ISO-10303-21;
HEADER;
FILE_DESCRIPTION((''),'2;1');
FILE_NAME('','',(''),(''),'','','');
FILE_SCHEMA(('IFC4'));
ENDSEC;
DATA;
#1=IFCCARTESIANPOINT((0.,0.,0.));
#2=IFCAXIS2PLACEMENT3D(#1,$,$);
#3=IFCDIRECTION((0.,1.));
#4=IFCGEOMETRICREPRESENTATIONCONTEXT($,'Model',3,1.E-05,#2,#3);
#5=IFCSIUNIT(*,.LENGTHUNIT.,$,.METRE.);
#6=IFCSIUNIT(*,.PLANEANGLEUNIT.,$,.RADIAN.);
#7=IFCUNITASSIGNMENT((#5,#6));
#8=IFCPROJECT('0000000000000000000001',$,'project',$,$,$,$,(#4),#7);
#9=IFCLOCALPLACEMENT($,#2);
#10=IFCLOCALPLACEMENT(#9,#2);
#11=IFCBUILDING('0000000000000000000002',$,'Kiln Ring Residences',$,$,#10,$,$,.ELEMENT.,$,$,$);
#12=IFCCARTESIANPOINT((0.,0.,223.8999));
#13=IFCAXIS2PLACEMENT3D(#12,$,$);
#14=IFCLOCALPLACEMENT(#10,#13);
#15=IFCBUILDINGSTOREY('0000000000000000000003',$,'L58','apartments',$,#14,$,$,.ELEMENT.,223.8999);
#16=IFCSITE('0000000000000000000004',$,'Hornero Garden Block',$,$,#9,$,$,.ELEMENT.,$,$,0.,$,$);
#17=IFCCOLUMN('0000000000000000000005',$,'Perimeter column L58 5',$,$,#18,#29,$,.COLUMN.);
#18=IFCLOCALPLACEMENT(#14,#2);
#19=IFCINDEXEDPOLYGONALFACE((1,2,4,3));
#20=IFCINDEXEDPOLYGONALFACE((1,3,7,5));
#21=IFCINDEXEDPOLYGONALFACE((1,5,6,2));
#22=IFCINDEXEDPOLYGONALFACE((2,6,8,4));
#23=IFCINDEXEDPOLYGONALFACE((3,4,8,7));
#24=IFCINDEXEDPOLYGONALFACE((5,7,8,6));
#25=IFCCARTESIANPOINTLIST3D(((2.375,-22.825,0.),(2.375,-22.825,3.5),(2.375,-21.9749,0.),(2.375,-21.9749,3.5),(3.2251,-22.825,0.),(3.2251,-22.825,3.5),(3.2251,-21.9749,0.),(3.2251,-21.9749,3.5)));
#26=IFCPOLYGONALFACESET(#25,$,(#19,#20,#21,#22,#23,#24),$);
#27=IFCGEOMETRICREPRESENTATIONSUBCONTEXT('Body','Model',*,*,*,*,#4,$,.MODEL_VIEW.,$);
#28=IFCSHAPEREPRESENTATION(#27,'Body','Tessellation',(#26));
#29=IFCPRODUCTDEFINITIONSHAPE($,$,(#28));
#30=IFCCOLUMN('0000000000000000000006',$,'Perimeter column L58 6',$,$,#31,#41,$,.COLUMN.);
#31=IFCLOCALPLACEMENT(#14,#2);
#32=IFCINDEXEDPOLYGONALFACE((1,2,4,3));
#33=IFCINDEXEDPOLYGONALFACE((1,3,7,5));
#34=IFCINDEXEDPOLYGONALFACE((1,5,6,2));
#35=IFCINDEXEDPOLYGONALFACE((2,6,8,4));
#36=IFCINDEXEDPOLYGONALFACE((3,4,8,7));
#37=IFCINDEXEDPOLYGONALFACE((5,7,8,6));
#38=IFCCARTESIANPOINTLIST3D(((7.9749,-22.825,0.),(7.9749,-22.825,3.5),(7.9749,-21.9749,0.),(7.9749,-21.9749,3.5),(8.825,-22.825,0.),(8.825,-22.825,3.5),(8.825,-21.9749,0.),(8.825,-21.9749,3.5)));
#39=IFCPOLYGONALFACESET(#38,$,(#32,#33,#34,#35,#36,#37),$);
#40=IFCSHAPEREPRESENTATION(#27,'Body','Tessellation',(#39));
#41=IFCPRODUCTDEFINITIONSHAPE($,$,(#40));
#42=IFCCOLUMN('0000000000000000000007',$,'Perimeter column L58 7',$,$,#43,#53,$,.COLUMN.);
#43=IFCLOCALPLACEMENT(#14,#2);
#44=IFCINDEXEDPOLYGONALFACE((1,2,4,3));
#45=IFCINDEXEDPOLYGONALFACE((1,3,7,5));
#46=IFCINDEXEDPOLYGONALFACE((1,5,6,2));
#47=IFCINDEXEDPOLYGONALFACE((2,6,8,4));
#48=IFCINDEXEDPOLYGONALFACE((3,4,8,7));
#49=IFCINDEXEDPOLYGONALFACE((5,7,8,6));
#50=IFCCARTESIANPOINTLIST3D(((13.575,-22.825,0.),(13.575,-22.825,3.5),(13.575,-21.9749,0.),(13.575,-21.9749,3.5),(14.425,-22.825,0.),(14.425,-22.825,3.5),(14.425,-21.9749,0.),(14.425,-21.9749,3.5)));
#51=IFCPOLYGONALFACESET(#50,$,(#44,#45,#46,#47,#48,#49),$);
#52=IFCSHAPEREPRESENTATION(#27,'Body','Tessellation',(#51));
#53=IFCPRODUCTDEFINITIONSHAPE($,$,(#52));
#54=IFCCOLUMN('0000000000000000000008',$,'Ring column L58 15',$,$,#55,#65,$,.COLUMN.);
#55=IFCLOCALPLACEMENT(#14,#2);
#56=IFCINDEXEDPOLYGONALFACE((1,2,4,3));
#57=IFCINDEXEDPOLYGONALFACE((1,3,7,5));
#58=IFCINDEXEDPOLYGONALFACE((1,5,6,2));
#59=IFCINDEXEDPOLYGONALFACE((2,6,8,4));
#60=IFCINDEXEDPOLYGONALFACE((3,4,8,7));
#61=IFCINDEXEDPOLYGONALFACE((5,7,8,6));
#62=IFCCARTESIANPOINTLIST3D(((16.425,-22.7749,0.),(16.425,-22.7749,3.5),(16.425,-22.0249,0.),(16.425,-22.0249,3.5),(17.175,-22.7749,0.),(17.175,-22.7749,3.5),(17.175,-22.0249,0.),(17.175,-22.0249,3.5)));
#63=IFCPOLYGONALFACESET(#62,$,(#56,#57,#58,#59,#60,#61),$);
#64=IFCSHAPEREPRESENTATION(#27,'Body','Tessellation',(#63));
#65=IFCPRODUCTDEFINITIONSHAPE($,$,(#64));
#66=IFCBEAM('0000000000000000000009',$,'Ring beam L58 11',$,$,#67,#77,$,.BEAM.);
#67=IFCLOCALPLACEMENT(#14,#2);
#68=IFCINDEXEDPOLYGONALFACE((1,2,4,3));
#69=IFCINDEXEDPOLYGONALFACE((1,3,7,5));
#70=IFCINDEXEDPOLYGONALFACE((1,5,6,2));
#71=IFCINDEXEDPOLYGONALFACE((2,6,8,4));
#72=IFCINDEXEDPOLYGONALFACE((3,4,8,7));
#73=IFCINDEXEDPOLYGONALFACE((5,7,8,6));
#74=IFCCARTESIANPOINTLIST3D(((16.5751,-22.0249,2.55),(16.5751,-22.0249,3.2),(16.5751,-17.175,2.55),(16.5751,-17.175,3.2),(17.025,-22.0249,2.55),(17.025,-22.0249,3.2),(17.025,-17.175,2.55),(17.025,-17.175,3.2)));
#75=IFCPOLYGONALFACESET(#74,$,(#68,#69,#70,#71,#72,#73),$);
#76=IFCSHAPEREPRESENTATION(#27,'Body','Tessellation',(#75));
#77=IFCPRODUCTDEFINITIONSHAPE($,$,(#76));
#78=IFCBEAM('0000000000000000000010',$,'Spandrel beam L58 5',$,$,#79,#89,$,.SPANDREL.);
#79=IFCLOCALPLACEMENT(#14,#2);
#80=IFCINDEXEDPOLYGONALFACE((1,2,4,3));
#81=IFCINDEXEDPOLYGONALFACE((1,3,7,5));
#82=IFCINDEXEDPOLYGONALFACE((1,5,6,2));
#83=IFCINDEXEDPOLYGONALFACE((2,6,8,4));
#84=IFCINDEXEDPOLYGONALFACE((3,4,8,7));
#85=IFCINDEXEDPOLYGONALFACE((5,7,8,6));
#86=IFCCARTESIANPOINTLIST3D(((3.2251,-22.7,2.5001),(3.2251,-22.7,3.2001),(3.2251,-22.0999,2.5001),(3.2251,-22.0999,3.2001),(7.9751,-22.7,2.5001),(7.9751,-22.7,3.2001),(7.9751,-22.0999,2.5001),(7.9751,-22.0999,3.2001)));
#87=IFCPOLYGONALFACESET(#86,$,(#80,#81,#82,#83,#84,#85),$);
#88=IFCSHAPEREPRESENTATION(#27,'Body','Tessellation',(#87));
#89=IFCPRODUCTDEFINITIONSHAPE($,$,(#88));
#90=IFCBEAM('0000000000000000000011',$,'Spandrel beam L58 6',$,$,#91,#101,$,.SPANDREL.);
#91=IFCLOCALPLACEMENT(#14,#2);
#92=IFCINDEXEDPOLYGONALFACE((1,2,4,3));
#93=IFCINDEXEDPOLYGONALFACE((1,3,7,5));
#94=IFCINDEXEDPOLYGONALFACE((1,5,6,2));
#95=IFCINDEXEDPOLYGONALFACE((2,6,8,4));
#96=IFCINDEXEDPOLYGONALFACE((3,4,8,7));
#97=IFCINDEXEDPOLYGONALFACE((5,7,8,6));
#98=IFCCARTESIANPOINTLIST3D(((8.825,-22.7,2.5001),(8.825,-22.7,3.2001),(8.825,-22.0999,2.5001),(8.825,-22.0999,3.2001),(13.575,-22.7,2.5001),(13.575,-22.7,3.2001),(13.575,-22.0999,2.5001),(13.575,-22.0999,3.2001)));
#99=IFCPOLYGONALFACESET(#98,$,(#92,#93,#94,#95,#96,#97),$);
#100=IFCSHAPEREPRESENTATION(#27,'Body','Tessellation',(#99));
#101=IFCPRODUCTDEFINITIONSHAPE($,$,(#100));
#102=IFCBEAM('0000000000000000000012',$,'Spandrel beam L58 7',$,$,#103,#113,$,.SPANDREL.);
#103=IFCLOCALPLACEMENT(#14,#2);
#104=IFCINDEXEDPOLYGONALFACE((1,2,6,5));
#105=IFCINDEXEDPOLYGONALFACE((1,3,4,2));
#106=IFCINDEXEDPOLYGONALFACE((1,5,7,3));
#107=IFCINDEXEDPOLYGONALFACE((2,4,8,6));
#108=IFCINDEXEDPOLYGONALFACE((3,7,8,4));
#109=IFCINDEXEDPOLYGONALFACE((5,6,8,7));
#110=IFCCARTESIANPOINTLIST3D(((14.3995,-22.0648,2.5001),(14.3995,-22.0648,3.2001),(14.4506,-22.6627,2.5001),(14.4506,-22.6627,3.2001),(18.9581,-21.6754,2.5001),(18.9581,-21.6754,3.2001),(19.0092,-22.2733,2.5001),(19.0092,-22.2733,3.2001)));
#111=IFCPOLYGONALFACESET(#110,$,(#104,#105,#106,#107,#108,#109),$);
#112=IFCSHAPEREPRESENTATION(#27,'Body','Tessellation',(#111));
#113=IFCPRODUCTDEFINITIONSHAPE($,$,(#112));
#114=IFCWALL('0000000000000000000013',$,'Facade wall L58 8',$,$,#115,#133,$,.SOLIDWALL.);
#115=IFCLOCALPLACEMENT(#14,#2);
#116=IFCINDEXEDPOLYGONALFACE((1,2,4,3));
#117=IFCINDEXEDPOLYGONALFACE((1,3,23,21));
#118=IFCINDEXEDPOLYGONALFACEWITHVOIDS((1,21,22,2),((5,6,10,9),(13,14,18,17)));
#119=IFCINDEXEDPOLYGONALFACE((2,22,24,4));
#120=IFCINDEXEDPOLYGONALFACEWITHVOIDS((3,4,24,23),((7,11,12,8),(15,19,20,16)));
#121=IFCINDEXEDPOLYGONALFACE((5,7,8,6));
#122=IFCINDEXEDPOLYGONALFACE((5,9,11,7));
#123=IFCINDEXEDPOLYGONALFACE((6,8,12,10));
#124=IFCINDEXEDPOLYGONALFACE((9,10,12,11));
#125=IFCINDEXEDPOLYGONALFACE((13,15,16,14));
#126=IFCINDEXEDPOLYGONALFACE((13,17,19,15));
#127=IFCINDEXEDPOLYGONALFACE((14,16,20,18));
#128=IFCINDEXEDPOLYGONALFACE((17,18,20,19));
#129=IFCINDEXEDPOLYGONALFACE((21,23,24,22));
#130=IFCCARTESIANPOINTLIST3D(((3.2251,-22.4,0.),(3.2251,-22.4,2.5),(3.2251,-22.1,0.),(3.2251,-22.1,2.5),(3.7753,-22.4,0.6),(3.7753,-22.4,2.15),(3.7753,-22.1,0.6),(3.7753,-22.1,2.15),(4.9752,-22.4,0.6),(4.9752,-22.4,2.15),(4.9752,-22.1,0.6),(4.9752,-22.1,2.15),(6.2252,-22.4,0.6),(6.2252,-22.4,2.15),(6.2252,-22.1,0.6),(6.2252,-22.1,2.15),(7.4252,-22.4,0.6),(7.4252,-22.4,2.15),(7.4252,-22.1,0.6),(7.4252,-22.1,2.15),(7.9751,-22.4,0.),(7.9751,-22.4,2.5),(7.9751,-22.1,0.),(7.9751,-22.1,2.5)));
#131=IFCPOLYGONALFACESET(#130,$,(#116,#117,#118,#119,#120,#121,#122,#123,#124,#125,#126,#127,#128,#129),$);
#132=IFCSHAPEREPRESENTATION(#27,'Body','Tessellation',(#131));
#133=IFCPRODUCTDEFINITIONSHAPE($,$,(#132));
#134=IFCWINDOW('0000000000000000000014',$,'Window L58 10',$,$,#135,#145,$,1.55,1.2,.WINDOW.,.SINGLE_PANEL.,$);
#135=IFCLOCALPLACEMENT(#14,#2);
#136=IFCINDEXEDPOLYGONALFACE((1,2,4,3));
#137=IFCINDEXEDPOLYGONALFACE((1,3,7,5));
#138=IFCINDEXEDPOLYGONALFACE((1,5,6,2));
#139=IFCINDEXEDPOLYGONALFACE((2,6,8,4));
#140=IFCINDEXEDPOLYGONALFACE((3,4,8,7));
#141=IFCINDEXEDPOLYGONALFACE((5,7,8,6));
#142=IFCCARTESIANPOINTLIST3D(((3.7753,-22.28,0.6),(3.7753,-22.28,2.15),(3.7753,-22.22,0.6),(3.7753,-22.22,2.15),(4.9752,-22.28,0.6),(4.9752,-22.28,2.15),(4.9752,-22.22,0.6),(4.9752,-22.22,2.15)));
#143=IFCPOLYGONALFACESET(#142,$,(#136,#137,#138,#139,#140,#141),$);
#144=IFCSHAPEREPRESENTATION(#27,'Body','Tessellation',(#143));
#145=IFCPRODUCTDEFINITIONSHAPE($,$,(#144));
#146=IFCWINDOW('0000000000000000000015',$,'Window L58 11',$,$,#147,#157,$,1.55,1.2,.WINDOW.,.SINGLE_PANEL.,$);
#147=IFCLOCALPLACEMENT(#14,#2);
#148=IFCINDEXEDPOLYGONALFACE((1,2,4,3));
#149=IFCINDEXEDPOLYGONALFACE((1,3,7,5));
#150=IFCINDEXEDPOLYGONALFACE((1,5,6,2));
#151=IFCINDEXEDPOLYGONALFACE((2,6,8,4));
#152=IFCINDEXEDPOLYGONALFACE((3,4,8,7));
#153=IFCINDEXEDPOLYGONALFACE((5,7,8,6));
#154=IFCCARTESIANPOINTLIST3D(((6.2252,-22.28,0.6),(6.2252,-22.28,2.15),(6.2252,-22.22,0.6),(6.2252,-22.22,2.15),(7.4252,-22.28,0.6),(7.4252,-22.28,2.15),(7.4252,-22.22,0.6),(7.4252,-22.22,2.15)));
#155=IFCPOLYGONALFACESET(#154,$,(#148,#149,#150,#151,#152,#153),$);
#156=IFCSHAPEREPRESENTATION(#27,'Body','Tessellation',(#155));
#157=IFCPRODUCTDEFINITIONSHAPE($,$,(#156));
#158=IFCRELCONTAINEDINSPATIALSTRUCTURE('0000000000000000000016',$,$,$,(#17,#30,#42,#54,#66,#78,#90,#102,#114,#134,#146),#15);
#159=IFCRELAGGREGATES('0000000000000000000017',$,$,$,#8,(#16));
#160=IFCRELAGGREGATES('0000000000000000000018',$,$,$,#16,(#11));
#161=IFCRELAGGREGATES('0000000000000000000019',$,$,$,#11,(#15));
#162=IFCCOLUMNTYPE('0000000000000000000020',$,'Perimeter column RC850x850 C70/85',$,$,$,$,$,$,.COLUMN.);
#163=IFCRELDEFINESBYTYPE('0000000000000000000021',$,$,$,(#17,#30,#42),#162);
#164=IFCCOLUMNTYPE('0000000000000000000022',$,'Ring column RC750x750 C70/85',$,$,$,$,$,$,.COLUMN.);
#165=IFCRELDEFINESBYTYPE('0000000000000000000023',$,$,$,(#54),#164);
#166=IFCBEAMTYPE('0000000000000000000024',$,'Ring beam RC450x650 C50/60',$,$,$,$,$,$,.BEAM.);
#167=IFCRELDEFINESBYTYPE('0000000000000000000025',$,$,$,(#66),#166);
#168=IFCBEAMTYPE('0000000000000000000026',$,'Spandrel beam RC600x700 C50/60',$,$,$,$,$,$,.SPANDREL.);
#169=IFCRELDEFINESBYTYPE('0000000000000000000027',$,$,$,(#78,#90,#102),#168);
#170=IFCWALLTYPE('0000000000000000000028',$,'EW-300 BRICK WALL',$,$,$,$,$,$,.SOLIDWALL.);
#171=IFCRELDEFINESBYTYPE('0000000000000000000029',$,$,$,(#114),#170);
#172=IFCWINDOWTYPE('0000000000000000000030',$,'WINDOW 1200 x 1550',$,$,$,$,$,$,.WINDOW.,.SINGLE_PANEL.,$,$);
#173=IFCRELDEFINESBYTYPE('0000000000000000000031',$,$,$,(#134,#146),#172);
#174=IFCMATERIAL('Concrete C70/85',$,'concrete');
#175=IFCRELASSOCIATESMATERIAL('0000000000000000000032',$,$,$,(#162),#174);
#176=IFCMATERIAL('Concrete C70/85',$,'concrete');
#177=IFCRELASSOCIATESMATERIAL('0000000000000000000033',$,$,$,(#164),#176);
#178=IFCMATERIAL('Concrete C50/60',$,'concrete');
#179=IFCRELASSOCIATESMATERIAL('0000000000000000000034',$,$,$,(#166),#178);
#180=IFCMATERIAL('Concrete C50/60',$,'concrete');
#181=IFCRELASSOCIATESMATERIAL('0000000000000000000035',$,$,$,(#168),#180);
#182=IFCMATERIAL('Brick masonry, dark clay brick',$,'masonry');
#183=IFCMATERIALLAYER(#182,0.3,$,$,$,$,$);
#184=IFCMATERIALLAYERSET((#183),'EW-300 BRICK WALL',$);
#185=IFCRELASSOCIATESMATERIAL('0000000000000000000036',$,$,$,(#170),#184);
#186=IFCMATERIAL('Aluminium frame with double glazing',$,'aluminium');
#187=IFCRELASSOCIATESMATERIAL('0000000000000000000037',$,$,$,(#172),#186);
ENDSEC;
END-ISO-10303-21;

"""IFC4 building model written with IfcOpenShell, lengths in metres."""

from ifc_helpers import new_model, si_unit, direction, frame, frame_2d, origin, origin_2d, place, context, subcontext, project, spatial, rectangle, extrude, material, layer, layer_set, material_profile, profile_set, type_object, element, fill, save


model = new_model("IFC4")

# Units and contexts
model_context = context("Model", 3, precision=1e-05, world=origin(), true_north=direction((0.0, 1.0)))
body_context = subcontext(model_context, "Body", "Model", "MODEL_VIEW")
ifc_project = project(units=[si_unit("LENGTHUNIT", "METRE"), si_unit("PLANEANGLEUNIT", "RADIAN")], contexts=[model_context])

# Site, building, storey
site_placement = place(None, origin())
site = spatial("IfcSite", under=ifc_project, at=site_placement, Name="Hornero Garden Block", CompositionType="ELEMENT", RefElevation=0.0)
building_placement = place(site_placement, origin())
building = spatial("IfcBuilding", under=site, at=building_placement, Name="Kiln Ring Residences", CompositionType="ELEMENT")
storey_placement = place(building_placement, frame((0.0, 0.0, 223.8999)))
storey = spatial("IfcBuildingStorey", under=building, at=storey_placement, Name="L58", Description="apartments", CompositionType="ELEMENT", Elevation=223.8999)

# Columns
ifc_material_1 = material(Name="Concrete C70/85", Category="concrete")
ifc_material_profile_1 = material_profile(ifc_material_1, rectangle(XDim=0.8501, YDim=0.8501, at=origin_2d()), Name="RC850x850")
ifc_profile_set_1 = profile_set([ifc_material_profile_1], Name="Concrete C70/85")
column_type_1 = type_object("IfcColumnType", Name="Perimeter column RC850x850 C70/85", PredefinedType="COLUMN", material=ifc_profile_set_1)
for number, where, z_axis, x_axis, name in (
    (1, (2.8, -22.3999, 0.0), (0.0, 0.0, 1.0), (1.0, 0.0, 0.0), "Perimeter column L58 5"),
    (2, (8.3999, -22.3999, 0.0), (0.0, 0.0, 1.0), (1.0, 0.0, 0.0), "Perimeter column L58 6"),
    (3, (14.0, -22.3999, 0.0), (0.0, 0.0, 1.0), (1.0, 0.0, 0.0), "Perimeter column L58 7"),
):
    element("IfcColumn", number, at=place(storey_placement, frame(where, z_axis=z_axis, x_axis=x_axis)), inside=storey, type_object=column_type_1, Name=name, PredefinedType="COLUMN", context=body_context, shape_type="SweptSolid", body=[
        extrude(rectangle(XDim=0.8501, YDim=0.8501, at=origin_2d()), origin(), (0.0, 0.0, 1.0), 3.5),
    ])
ifc_material_2 = material(Name="Concrete C70/85", Category="concrete")
ifc_material_profile_2 = material_profile(ifc_material_2, rectangle(XDim=0.75, YDim=0.75, at=origin_2d()), Name="RC750x750")
ifc_profile_set_2 = profile_set([ifc_material_profile_2], Name="Concrete C70/85")
column_type_2 = type_object("IfcColumnType", Name="Ring column RC750x750 C70/85", PredefinedType="COLUMN", material=ifc_profile_set_2)
column_placement = place(storey_placement, frame((16.8, -22.3999, 0.0), z_axis=(0.0, 0.0, 1.0), x_axis=(1.0, 0.0, 0.0)))
element("IfcColumn", 4, at=column_placement, inside=storey, type_object=column_type_2, Name="Ring column L58 15", PredefinedType="COLUMN", context=body_context, shape_type="SweptSolid", body=[
    extrude(rectangle(XDim=0.75, YDim=0.75, at=origin_2d()), origin(), (0.0, 0.0, 1.0), 3.5),
])

# Beams
ifc_material_3 = material(Name="Concrete C50/60", Category="concrete")
ifc_material_profile_3 = material_profile(ifc_material_3, rectangle(XDim=0.45, YDim=0.6499, at=origin_2d()), Name="RC450x650")
ifc_profile_set_3 = profile_set([ifc_material_profile_3], Name="Concrete C50/60")
beam_type_1 = type_object("IfcBeamType", Name="Ring beam RC450x650 C50/60", PredefinedType="BEAM", material=ifc_profile_set_3)
beam_1_placement = place(storey_placement, frame((16.8, -17.175, 2.875), z_axis=(0.0, -1.0, 0.0), x_axis=(1.0, 0.0, 0.0)))
element("IfcBeam", 5, at=beam_1_placement, inside=storey, type_object=beam_type_1, Name="Ring beam L58 11", PredefinedType="BEAM", context=body_context, shape_type="SweptSolid", body=[
    extrude(rectangle(XDim=0.45, YDim=0.6499, at=origin_2d()), origin(), (0.0, 0.0, 1.0), 4.8499),
])
ifc_material_4 = material(Name="Concrete C50/60", Category="concrete")
ifc_material_profile_4 = material_profile(ifc_material_4, rectangle(XDim=0.6001, YDim=0.7, at=origin_2d()), Name="RC600x700")
ifc_profile_set_4 = profile_set([ifc_material_profile_4], Name="Concrete C50/60")
beam_type_2 = type_object("IfcBeamType", Name="Spandrel beam RC600x700 C50/60", PredefinedType="SPANDREL", material=ifc_profile_set_4)
for number, where, z_axis, x_axis, name in (
    (6, (3.2251, -22.3999, 2.8501), (1.0, 0.0, 0.0), (0.0, 1.0, 0.0), "Spandrel beam L58 5"),
    (7, (8.825, -22.3999, 2.8501), (1.0, 0.0, 0.0), (0.0, 1.0, 0.0), "Spandrel beam L58 6"),
):
    element("IfcBeam", number, at=place(storey_placement, frame(where, z_axis=z_axis, x_axis=x_axis)), inside=storey, type_object=beam_type_2, Name=name, PredefinedType="SPANDREL", context=body_context, shape_type="SweptSolid", body=[
        extrude(rectangle(XDim=0.6001, YDim=0.7, at=origin_2d()), origin(), (0.0, 0.0, 1.0), 4.75),
    ])
beam_2_placement = place(storey_placement, frame((14.425, -22.3638, 2.8501), z_axis=(0.996371, 0.085112, 0.0), x_axis=(-0.085112, 0.996371, 0.0)))
element("IfcBeam", 8, at=beam_2_placement, inside=storey, type_object=beam_type_2, Name="Spandrel beam L58 7", PredefinedType="SPANDREL", context=body_context, shape_type="SweptSolid", body=[
    extrude(rectangle(XDim=0.6001, YDim=0.7, at=origin_2d()), origin(), (0.0, 0.0, 1.0), 4.5752),
])

# Wall, openings, windows
ifc_material_5 = material(Name="Brick masonry, dark clay brick", Category="masonry")
ifc_layer_1 = layer(ifc_material_5, 0.3)
ifc_layer_set_1 = layer_set([ifc_layer_1], Name="EW-300 BRICK WALL")
wall_type_1 = type_object("IfcWallType", Name="EW-300 BRICK WALL", PredefinedType="SOLIDWALL", material=ifc_layer_set_1)
wall_1_placement = place(storey_placement, frame((3.2251, -22.25, 0.0), z_axis=(0.0, 0.0, 1.0), x_axis=(1.0, 0.0, 0.0)))
wall_1 = element("IfcWall", 9, at=wall_1_placement, inside=storey, type_object=wall_type_1, Name="Facade wall L58 8", PredefinedType="SOLIDWALL", context=body_context, shape_type="SweptSolid", body=[
    extrude(rectangle(XDim=4.75, YDim=0.3, at=frame_2d((2.375, 0.0))), origin(), (0.0, 0.0, 1.0), 2.5),
])
opening_1_placement = place(wall_1_placement, frame((0.55, 0.0, 0.6001)))
opening_1 = element("IfcOpeningElement", 10, at=opening_1_placement, cuts=wall_1, PredefinedType="OPENING", context=body_context, shape_type="SweptSolid", body=[
    extrude(rectangle(XDim=1.2, YDim=1.55, at=frame_2d((0.6001, 0.7749))), frame((0.0, 0.1599, 0.0), z_axis=(0.0, -1.0, 0.0), x_axis=(1.0, 0.0, 0.0)), (0.0, 0.0, 1.0), 0.3201),
])
opening_2_placement = place(wall_1_placement, frame((3.0, 0.0, 0.6001)))
opening_2 = element("IfcOpeningElement", 11, at=opening_2_placement, cuts=wall_1, PredefinedType="OPENING", context=body_context, shape_type="SweptSolid", body=[
    extrude(rectangle(XDim=1.2, YDim=1.55, at=frame_2d((0.6001, 0.7749))), frame((0.0, 0.1599, 0.0), z_axis=(0.0, -1.0, 0.0), x_axis=(1.0, 0.0, 0.0)), (0.0, 0.0, 1.0), 0.3201),
])
ifc_material_6 = material(Name="Aluminium frame with double glazing", Category="aluminium")
window_type_1 = type_object("IfcWindowType", Name="WINDOW 1200 x 1550", PartitioningType="SINGLE_PANEL", PredefinedType="WINDOW", material=ifc_material_6)
window_1_placement = place(opening_1_placement, origin())
window_1 = element("IfcWindow", 12, at=window_1_placement, inside=storey, type_object=window_type_1, Name="Window L58 10", OverallHeight=1.55, OverallWidth=1.2, PartitioningType="SINGLE_PANEL", PredefinedType="WINDOW", context=body_context, shape_type="SweptSolid", body=[
    extrude(rectangle(XDim=1.2, YDim=1.55, at=frame_2d((0.6001, 0.7749))), frame((0.0, 0.03, 0.0), z_axis=(0.0, -1.0, 0.0), x_axis=(1.0, 0.0, 0.0)), (0.0, 0.0, 1.0), 0.0601),
])
fill(opening_1, window_1)
window_2_placement = place(opening_2_placement, origin())
window_2 = element("IfcWindow", 13, at=window_2_placement, inside=storey, type_object=window_type_1, Name="Window L58 11", OverallHeight=1.55, OverallWidth=1.2, PartitioningType="SINGLE_PANEL", PredefinedType="WINDOW", context=body_context, shape_type="SweptSolid", body=[
    extrude(rectangle(XDim=1.2, YDim=1.55, at=frame_2d((0.6001, 0.7749))), frame((0.0, 0.03, 0.0), z_axis=(0.0, -1.0, 0.0), x_axis=(1.0, 0.0, 0.0)), (0.0, 0.0, 1.0), 0.0601),
])
fill(opening_2, window_2)

save(model, "model.ifc")
